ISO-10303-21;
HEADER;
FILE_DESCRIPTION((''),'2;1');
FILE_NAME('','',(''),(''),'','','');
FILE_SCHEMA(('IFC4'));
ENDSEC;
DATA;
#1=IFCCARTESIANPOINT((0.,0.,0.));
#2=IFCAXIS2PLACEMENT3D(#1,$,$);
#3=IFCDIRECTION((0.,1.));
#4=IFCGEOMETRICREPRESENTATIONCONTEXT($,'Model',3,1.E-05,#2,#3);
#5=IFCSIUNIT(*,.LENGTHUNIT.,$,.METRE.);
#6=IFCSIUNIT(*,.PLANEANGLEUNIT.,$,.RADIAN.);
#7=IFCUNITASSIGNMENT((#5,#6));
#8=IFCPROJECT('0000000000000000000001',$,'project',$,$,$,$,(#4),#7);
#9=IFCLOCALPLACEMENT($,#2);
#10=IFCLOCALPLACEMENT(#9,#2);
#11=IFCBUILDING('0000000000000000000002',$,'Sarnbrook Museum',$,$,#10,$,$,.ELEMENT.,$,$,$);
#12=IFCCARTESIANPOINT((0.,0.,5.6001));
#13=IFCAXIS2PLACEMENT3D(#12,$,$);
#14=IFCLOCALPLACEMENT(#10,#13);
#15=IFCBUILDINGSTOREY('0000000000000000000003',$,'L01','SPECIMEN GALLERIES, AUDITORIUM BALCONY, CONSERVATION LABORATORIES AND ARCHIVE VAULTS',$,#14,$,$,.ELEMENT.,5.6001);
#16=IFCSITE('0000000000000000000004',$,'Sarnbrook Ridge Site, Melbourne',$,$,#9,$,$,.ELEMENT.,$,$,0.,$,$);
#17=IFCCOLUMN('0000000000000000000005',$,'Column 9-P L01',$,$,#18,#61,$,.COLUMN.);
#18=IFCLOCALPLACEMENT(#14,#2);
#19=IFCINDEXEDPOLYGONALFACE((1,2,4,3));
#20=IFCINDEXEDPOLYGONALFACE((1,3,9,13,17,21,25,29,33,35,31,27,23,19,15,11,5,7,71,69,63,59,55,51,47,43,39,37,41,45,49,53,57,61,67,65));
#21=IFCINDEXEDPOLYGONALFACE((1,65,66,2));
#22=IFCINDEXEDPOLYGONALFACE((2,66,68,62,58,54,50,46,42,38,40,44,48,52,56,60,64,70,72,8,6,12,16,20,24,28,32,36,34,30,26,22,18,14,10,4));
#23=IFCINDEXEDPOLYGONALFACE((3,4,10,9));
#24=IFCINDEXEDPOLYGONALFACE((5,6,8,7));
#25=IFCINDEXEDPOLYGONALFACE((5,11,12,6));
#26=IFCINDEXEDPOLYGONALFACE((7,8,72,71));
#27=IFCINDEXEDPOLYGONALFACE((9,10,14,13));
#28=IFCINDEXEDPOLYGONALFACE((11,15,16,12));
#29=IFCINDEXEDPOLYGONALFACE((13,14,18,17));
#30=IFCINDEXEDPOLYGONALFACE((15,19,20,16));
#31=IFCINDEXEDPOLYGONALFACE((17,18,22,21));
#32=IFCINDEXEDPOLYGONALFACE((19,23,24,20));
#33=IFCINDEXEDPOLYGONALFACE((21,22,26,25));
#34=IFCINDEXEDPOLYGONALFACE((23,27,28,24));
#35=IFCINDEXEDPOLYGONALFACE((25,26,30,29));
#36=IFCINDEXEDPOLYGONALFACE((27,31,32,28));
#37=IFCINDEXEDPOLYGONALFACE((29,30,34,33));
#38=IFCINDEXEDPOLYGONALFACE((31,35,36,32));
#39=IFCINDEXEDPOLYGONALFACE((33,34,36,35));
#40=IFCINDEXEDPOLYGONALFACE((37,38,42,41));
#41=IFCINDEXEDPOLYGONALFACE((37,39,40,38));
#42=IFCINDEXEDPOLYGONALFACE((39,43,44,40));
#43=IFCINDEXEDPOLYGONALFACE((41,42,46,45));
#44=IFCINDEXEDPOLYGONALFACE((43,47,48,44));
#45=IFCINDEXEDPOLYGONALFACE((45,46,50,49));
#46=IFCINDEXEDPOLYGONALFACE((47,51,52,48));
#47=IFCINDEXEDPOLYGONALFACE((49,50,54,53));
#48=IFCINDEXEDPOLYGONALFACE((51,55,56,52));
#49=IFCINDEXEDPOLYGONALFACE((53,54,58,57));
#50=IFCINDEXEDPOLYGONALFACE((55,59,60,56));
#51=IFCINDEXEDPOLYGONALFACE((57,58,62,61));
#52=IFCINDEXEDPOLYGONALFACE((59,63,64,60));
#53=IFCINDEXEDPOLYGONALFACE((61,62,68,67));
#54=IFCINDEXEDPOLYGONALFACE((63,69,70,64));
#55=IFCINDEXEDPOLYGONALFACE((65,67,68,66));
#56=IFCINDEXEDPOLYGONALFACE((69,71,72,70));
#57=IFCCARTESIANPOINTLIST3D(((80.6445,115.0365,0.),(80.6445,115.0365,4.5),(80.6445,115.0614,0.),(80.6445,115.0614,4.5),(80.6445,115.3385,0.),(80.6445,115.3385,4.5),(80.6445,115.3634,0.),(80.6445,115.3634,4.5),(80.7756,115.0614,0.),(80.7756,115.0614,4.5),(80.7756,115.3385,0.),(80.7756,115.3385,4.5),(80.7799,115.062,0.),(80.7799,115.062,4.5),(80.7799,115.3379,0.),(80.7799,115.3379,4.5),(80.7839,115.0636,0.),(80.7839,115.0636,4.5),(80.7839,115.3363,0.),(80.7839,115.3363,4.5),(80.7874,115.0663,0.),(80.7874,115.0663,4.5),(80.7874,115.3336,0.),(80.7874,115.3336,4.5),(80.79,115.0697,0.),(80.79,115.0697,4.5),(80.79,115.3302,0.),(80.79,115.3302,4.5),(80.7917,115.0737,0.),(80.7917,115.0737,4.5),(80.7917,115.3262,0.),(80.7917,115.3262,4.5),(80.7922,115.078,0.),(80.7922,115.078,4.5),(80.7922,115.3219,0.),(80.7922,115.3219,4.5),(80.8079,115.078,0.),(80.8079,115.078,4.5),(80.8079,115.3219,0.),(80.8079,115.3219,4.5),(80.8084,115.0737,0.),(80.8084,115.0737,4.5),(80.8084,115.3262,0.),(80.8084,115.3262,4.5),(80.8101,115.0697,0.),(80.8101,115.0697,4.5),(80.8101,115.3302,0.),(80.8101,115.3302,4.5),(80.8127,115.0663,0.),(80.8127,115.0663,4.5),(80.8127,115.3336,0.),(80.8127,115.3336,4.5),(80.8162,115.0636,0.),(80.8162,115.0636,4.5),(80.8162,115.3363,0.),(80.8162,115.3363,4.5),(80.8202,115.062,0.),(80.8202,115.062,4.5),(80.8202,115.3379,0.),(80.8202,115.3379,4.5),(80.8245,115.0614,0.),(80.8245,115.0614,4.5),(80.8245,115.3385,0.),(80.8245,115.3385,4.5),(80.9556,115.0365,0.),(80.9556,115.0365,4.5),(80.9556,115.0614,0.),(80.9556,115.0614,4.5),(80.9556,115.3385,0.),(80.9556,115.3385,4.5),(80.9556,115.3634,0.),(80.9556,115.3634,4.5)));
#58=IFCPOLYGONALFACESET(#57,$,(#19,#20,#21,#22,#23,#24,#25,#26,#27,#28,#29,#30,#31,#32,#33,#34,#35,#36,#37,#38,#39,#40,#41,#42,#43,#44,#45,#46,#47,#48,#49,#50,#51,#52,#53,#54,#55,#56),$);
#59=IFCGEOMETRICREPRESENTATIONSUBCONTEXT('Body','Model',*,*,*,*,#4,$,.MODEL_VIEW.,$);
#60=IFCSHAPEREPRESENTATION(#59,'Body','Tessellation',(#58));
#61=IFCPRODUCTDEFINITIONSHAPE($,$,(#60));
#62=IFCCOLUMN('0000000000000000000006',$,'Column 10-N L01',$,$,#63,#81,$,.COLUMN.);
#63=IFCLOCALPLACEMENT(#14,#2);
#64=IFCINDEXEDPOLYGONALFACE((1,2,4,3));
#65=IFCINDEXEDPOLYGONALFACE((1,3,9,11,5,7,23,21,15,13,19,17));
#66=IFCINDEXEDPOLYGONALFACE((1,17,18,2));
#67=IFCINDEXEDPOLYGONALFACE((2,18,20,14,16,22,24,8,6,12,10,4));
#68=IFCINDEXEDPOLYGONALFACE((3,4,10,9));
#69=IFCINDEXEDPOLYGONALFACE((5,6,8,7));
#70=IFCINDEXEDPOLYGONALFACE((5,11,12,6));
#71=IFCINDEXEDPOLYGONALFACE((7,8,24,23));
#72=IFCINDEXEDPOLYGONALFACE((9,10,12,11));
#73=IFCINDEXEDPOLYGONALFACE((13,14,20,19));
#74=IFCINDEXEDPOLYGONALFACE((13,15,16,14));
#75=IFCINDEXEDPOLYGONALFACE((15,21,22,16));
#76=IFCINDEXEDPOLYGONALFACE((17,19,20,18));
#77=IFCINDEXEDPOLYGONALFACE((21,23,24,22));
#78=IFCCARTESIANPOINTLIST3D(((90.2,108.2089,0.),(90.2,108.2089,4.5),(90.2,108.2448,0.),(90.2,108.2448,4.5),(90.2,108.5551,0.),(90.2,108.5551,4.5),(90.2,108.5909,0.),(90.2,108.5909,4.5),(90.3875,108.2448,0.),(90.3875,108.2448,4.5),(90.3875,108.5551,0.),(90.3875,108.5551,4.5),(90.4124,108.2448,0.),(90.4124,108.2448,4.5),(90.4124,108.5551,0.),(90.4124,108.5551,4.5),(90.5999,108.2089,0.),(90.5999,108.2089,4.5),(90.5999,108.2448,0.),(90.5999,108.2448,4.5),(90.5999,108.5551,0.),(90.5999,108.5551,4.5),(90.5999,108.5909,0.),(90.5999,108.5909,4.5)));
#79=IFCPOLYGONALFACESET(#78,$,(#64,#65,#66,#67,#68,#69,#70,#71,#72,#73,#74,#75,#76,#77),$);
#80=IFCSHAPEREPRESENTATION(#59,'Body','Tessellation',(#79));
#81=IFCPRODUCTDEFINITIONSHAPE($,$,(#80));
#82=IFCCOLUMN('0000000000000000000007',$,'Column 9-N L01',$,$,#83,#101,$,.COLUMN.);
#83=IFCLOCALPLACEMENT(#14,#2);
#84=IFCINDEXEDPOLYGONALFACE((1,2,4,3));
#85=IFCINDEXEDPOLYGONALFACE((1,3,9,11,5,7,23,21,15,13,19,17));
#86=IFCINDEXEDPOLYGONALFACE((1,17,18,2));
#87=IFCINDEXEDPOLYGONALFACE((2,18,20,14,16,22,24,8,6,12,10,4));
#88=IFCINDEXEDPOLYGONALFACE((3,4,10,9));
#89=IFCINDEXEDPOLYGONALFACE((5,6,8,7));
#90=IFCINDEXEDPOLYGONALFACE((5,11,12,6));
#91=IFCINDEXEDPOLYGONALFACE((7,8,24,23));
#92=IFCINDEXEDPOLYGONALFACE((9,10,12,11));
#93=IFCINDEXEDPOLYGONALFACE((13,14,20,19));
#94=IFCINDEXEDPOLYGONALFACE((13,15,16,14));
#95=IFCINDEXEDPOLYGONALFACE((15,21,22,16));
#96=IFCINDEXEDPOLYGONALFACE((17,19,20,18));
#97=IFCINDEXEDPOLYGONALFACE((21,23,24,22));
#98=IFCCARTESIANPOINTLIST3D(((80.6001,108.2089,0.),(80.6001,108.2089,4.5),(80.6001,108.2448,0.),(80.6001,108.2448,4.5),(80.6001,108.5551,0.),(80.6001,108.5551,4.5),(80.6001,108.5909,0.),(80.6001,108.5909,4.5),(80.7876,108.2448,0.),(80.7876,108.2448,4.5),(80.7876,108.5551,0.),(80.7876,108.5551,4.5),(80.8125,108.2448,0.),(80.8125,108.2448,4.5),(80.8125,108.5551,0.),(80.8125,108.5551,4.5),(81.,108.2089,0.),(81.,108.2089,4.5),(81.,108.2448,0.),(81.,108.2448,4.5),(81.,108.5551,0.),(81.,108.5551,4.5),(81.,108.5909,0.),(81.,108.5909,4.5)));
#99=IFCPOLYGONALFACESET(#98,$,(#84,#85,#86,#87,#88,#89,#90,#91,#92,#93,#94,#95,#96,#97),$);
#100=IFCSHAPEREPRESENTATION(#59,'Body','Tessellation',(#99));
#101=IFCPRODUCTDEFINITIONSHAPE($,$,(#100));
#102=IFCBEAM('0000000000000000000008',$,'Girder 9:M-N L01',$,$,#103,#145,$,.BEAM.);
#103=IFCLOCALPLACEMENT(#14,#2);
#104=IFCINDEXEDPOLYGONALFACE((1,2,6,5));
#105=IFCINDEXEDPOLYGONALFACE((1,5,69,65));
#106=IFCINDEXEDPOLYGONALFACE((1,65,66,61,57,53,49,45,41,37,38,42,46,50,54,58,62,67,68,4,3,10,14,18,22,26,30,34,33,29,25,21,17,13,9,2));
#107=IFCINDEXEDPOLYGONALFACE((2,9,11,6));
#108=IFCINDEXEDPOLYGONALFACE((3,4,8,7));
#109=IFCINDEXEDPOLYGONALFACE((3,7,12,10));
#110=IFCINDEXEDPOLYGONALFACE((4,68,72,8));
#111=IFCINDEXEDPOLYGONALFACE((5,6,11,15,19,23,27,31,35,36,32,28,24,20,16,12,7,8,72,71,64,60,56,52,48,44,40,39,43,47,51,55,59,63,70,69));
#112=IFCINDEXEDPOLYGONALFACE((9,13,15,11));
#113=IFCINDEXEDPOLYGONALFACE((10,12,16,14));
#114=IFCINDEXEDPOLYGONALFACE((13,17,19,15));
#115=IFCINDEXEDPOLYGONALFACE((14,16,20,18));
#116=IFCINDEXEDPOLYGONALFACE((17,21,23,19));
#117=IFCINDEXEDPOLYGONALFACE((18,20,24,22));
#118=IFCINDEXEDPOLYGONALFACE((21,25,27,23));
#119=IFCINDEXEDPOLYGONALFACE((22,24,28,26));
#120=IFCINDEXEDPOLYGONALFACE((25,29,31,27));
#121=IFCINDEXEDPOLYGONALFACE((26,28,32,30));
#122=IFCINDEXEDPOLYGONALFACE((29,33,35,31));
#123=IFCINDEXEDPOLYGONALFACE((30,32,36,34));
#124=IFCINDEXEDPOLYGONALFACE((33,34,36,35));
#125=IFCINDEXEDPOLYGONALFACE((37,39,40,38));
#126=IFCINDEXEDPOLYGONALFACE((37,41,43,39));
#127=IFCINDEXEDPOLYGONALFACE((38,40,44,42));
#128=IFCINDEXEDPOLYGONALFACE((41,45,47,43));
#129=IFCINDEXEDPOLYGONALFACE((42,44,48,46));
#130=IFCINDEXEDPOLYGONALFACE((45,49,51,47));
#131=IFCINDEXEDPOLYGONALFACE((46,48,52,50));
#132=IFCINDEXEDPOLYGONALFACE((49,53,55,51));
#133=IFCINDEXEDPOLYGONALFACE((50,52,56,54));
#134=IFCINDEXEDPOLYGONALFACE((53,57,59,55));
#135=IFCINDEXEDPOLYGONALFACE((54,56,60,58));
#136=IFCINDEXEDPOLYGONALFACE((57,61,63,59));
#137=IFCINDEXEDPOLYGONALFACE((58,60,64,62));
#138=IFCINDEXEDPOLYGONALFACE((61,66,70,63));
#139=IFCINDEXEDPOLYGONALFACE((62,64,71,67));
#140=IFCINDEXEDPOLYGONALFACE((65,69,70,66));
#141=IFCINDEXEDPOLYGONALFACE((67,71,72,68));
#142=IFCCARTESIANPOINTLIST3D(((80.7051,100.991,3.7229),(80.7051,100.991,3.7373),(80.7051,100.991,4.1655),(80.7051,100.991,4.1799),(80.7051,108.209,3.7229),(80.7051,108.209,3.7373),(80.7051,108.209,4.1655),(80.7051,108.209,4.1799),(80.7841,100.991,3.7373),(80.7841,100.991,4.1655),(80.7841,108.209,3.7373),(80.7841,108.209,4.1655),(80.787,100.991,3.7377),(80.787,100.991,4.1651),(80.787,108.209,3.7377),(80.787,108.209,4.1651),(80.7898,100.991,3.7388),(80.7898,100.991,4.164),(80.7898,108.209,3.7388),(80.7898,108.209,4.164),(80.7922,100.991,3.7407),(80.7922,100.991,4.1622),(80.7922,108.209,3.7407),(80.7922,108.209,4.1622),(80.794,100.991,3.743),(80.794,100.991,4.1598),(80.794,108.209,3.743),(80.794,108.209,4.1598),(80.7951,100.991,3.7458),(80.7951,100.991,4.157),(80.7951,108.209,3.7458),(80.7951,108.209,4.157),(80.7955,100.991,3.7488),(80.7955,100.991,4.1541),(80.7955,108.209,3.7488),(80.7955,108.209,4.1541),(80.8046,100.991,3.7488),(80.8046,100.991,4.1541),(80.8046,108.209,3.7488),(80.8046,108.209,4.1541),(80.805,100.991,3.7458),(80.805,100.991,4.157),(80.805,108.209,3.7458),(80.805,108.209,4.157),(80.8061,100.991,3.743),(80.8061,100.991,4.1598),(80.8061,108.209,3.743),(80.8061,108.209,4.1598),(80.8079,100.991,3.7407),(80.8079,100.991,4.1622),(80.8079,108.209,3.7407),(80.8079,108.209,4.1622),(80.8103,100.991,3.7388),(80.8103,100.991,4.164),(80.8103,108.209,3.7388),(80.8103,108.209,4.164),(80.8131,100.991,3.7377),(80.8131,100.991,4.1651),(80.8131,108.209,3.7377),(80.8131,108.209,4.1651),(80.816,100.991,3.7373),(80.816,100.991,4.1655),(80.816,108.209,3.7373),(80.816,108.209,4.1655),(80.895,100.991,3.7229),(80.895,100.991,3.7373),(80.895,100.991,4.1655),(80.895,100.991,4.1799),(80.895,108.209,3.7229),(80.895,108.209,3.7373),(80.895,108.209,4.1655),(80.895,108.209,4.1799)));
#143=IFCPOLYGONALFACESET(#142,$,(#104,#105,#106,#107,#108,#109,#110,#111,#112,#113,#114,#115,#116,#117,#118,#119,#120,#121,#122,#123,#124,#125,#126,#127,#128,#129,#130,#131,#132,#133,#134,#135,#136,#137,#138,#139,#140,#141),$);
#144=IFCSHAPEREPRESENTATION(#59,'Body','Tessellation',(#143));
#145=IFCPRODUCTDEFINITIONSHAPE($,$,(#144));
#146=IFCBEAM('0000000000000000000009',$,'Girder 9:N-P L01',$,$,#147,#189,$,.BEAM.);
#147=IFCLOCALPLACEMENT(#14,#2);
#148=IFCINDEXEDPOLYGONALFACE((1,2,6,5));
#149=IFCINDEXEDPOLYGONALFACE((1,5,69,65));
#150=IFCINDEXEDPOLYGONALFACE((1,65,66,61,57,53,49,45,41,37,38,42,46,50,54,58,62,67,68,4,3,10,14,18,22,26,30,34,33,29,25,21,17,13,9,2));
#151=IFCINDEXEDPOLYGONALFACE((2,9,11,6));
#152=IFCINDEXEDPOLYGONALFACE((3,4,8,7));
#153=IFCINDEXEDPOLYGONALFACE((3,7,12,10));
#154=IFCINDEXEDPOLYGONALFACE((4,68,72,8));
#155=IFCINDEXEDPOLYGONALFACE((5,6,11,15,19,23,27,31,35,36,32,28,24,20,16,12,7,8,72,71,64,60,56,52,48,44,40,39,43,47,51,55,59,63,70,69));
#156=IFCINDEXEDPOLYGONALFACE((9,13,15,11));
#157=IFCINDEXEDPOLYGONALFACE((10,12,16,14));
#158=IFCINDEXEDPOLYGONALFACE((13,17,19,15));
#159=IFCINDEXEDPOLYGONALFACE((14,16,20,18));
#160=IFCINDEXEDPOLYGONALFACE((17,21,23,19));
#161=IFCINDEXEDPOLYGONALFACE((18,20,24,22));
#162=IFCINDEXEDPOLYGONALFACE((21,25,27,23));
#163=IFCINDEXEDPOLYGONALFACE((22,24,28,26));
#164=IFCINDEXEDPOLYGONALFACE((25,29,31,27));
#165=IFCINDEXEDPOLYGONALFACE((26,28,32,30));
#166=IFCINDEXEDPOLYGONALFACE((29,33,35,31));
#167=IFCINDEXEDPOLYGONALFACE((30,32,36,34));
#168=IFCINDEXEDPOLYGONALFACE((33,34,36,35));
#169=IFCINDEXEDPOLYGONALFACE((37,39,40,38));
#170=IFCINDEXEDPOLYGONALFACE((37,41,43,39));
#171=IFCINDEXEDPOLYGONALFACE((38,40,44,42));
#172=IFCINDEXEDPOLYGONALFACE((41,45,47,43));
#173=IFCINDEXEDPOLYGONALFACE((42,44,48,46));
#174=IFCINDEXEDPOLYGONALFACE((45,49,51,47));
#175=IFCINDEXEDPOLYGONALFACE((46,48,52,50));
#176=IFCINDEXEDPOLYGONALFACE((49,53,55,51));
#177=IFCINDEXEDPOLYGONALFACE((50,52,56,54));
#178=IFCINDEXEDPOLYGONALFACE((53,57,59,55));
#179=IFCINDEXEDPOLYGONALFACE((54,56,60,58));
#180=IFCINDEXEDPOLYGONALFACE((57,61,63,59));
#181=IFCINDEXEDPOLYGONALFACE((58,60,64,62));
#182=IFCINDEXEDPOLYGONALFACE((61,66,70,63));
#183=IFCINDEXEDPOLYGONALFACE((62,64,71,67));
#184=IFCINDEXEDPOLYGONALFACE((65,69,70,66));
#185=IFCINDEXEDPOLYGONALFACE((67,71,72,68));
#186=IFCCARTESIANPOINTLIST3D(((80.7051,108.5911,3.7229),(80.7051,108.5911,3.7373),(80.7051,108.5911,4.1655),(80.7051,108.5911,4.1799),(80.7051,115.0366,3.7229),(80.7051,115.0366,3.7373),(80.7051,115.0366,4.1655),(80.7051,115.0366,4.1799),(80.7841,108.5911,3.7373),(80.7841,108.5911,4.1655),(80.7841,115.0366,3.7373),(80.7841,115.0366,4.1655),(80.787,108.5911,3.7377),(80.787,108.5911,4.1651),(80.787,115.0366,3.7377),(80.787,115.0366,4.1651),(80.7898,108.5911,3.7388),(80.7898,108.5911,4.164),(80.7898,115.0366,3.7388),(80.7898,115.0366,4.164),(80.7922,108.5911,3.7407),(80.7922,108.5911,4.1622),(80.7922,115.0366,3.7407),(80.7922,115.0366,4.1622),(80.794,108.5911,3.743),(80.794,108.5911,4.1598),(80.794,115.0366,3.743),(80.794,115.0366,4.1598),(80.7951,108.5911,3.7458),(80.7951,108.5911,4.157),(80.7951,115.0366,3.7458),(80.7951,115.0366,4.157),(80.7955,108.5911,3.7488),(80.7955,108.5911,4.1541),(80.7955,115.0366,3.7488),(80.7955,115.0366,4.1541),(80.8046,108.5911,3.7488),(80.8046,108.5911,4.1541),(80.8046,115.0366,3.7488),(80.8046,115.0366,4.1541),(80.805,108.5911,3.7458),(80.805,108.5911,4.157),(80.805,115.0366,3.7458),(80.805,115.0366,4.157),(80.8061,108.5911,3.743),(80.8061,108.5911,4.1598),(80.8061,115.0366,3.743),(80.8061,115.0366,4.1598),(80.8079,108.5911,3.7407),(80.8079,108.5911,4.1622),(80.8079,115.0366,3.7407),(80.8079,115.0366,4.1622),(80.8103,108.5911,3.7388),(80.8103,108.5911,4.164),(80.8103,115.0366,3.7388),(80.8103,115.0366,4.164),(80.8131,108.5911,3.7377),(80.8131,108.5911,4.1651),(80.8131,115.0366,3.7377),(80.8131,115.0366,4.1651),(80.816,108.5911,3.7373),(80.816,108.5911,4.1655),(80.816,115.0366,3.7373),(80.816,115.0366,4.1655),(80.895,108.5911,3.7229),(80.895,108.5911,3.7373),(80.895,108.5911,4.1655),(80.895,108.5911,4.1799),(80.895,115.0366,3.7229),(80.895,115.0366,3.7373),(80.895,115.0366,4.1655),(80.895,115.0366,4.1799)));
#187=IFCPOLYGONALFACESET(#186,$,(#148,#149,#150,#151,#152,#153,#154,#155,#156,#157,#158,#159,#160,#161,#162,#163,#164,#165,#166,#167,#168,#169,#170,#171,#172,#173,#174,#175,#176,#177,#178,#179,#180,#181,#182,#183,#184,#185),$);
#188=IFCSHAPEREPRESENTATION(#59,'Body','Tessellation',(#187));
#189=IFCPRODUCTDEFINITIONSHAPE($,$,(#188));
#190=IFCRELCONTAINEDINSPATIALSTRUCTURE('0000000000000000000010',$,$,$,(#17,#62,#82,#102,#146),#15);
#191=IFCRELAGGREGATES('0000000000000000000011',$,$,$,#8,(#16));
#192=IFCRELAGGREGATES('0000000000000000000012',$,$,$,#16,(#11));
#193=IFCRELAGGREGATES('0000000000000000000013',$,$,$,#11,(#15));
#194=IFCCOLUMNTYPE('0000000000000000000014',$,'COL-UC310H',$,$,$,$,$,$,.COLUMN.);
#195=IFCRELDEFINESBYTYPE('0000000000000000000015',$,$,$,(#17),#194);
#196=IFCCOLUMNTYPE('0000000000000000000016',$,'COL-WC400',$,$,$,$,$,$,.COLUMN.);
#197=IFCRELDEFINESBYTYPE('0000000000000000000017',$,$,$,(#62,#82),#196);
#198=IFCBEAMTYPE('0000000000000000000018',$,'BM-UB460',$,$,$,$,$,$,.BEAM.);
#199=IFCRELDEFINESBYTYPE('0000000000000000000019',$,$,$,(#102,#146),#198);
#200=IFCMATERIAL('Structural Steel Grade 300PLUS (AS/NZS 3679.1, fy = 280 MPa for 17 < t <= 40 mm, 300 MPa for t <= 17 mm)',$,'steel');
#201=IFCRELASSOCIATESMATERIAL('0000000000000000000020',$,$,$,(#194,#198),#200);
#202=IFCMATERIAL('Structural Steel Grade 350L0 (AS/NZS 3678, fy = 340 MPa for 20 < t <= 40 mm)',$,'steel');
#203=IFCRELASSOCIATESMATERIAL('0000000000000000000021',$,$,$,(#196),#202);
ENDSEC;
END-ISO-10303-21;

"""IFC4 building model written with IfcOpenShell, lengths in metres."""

from ifc_helpers import new_model, si_unit, direction, frame, origin, origin_2d, place, context, subcontext, project, spatial, i_section, extrude, material, material_profile, profile_set, type_object, element, save


model = new_model("IFC4")

# Units and contexts
model_context = context("Model", 3, precision=1e-05, world=origin(), true_north=direction((0.0, 1.0)))
body_context = subcontext(model_context, "Body", "Model", "MODEL_VIEW")
ifc_project = project(units=[si_unit("LENGTHUNIT", "METRE"), si_unit("PLANEANGLEUNIT", "RADIAN")], contexts=[model_context])

# Site, building, storey
site_placement = place(None, origin())
site = spatial("IfcSite", under=ifc_project, at=site_placement, Name="Sarnbrook Ridge Site, Melbourne", CompositionType="ELEMENT", RefElevation=0.0)
building_placement = place(site_placement, origin())
building = spatial("IfcBuilding", under=site, at=building_placement, Name="Sarnbrook Museum", CompositionType="ELEMENT")
storey_placement = place(building_placement, frame((0.0, 0.0, 5.6001)))
storey = spatial("IfcBuildingStorey", under=building, at=storey_placement, Name="L01", Description="SPECIMEN GALLERIES, AUDITORIUM BALCONY, CONSERVATION LABORATORIES AND ARCHIVE VAULTS", CompositionType="ELEMENT", Elevation=5.6001)

# Columns
ifc_material_1 = material(Name="Structural Steel Grade 300PLUS (AS/NZS 3679.1, fy = 280 MPa for 17 < t <= 40 mm, 300 MPa for t <= 17 mm)", Category="steel")
ifc_material_profile_1 = material_profile(ifc_material_1, i_section(OverallWidth=0.311, OverallDepth=0.3269, WebThickness=0.0156, FlangeThickness=0.0249, FilletRadius=0.0166, at=origin_2d()), Name="310UC158")
ifc_profile_set_1 = profile_set([ifc_material_profile_1], Name="Structural Steel Grade 300PLUS (AS/NZS 3679.1, fy = 280 MPa for 17 < t <= 40 mm, 300 MPa for t <= 17 mm)")
column_type_1 = type_object("IfcColumnType", Name="COL-UC310H", PredefinedType="COLUMN", material=ifc_profile_set_1)
column_placement = place(storey_placement, frame((80.8, 115.2, 0.0), z_axis=(0.0, 0.0, 1.0), x_axis=(1.0, 0.0, 0.0)))
element("IfcColumn", 1, at=column_placement, inside=storey, type_object=column_type_1, Name="Column 9-P L01", PredefinedType="COLUMN", context=body_context, shape_type="SweptSolid", body=[
    extrude(i_section(OverallWidth=0.311, OverallDepth=0.3269, WebThickness=0.0156, FlangeThickness=0.0249, FilletRadius=0.0166, at=origin_2d()), origin(), (0.0, 0.0, 1.0), 4.5),
])
ifc_material_2 = material(Name="Structural Steel Grade 350L0 (AS/NZS 3678, fy = 340 MPa for 20 < t <= 40 mm)", Category="steel")
ifc_material_profile_2 = material_profile(ifc_material_2, i_section(OverallWidth=0.3999, OverallDepth=0.3821, WebThickness=0.0249, FlangeThickness=0.0359, at=origin_2d()), Name="400WC270")
ifc_profile_set_2 = profile_set([ifc_material_profile_2], Name="Structural Steel Grade 350L0 (AS/NZS 3678, fy = 340 MPa for 20 < t <= 40 mm)")
column_type_2 = type_object("IfcColumnType", Name="COL-WC400", PredefinedType="COLUMN", material=ifc_profile_set_2)
for number, where, z_axis, x_axis, name in (
    (2, (90.3999, 108.3999, 0.0), (0.0, 0.0, 1.0), (1.0, 0.0, 0.0), "Column 10-N L01"),
    (3, (80.8, 108.3999, 0.0), (0.0, 0.0, 1.0), (1.0, 0.0, 0.0), "Column 9-N L01"),
):
    element("IfcColumn", number, at=place(storey_placement, frame(where, z_axis=z_axis, x_axis=x_axis)), inside=storey, type_object=column_type_2, Name=name, PredefinedType="COLUMN", context=body_context, shape_type="SweptSolid", body=[
        extrude(i_section(OverallWidth=0.3999, OverallDepth=0.3821, WebThickness=0.0249, FlangeThickness=0.0359, at=origin_2d()), origin(), (0.0, 0.0, 1.0), 4.5),
    ])

# Beams
ifc_material_profile_3 = material_profile(ifc_material_1, i_section(OverallWidth=0.1899, OverallDepth=0.457, WebThickness=0.009, FlangeThickness=0.0144, FilletRadius=0.0115, at=origin_2d()), Name="460UB74.6")
ifc_profile_set_3 = profile_set([ifc_material_profile_3], Name="Structural Steel Grade 300PLUS (AS/NZS 3679.1, fy = 280 MPa for 17 < t <= 40 mm, 300 MPa for t <= 17 mm)")
beam_type_1 = type_object("IfcBeamType", Name="BM-UB460", PredefinedType="BEAM", material=ifc_profile_set_3)
beam_1_placement = place(storey_placement, frame((80.8, 100.991, 3.9514), z_axis=(0.0, 1.0, 0.0), x_axis=(-1.0, 0.0, 0.0)))
element("IfcBeam", 4, at=beam_1_placement, inside=storey, type_object=beam_type_1, Name="Girder 9:M-N L01", PredefinedType="BEAM", context=body_context, shape_type="SweptSolid", body=[
    extrude(i_section(OverallWidth=0.1899, OverallDepth=0.457, WebThickness=0.009, FlangeThickness=0.0144, FilletRadius=0.0115, at=origin_2d()), origin(), (0.0, 0.0, 1.0), 7.218),
])
beam_2_placement = place(storey_placement, frame((80.8, 108.5911, 3.9514), z_axis=(0.0, 1.0, 0.0), x_axis=(-1.0, 0.0, 0.0)))
element("IfcBeam", 5, at=beam_2_placement, inside=storey, type_object=beam_type_1, Name="Girder 9:N-P L01", PredefinedType="BEAM", context=body_context, shape_type="SweptSolid", body=[
    extrude(i_section(OverallWidth=0.1899, OverallDepth=0.457, WebThickness=0.009, FlangeThickness=0.0144, FilletRadius=0.0115, at=origin_2d()), origin(), (0.0, 0.0, 1.0), 6.4456),
])

save(model, "model.ifc")
